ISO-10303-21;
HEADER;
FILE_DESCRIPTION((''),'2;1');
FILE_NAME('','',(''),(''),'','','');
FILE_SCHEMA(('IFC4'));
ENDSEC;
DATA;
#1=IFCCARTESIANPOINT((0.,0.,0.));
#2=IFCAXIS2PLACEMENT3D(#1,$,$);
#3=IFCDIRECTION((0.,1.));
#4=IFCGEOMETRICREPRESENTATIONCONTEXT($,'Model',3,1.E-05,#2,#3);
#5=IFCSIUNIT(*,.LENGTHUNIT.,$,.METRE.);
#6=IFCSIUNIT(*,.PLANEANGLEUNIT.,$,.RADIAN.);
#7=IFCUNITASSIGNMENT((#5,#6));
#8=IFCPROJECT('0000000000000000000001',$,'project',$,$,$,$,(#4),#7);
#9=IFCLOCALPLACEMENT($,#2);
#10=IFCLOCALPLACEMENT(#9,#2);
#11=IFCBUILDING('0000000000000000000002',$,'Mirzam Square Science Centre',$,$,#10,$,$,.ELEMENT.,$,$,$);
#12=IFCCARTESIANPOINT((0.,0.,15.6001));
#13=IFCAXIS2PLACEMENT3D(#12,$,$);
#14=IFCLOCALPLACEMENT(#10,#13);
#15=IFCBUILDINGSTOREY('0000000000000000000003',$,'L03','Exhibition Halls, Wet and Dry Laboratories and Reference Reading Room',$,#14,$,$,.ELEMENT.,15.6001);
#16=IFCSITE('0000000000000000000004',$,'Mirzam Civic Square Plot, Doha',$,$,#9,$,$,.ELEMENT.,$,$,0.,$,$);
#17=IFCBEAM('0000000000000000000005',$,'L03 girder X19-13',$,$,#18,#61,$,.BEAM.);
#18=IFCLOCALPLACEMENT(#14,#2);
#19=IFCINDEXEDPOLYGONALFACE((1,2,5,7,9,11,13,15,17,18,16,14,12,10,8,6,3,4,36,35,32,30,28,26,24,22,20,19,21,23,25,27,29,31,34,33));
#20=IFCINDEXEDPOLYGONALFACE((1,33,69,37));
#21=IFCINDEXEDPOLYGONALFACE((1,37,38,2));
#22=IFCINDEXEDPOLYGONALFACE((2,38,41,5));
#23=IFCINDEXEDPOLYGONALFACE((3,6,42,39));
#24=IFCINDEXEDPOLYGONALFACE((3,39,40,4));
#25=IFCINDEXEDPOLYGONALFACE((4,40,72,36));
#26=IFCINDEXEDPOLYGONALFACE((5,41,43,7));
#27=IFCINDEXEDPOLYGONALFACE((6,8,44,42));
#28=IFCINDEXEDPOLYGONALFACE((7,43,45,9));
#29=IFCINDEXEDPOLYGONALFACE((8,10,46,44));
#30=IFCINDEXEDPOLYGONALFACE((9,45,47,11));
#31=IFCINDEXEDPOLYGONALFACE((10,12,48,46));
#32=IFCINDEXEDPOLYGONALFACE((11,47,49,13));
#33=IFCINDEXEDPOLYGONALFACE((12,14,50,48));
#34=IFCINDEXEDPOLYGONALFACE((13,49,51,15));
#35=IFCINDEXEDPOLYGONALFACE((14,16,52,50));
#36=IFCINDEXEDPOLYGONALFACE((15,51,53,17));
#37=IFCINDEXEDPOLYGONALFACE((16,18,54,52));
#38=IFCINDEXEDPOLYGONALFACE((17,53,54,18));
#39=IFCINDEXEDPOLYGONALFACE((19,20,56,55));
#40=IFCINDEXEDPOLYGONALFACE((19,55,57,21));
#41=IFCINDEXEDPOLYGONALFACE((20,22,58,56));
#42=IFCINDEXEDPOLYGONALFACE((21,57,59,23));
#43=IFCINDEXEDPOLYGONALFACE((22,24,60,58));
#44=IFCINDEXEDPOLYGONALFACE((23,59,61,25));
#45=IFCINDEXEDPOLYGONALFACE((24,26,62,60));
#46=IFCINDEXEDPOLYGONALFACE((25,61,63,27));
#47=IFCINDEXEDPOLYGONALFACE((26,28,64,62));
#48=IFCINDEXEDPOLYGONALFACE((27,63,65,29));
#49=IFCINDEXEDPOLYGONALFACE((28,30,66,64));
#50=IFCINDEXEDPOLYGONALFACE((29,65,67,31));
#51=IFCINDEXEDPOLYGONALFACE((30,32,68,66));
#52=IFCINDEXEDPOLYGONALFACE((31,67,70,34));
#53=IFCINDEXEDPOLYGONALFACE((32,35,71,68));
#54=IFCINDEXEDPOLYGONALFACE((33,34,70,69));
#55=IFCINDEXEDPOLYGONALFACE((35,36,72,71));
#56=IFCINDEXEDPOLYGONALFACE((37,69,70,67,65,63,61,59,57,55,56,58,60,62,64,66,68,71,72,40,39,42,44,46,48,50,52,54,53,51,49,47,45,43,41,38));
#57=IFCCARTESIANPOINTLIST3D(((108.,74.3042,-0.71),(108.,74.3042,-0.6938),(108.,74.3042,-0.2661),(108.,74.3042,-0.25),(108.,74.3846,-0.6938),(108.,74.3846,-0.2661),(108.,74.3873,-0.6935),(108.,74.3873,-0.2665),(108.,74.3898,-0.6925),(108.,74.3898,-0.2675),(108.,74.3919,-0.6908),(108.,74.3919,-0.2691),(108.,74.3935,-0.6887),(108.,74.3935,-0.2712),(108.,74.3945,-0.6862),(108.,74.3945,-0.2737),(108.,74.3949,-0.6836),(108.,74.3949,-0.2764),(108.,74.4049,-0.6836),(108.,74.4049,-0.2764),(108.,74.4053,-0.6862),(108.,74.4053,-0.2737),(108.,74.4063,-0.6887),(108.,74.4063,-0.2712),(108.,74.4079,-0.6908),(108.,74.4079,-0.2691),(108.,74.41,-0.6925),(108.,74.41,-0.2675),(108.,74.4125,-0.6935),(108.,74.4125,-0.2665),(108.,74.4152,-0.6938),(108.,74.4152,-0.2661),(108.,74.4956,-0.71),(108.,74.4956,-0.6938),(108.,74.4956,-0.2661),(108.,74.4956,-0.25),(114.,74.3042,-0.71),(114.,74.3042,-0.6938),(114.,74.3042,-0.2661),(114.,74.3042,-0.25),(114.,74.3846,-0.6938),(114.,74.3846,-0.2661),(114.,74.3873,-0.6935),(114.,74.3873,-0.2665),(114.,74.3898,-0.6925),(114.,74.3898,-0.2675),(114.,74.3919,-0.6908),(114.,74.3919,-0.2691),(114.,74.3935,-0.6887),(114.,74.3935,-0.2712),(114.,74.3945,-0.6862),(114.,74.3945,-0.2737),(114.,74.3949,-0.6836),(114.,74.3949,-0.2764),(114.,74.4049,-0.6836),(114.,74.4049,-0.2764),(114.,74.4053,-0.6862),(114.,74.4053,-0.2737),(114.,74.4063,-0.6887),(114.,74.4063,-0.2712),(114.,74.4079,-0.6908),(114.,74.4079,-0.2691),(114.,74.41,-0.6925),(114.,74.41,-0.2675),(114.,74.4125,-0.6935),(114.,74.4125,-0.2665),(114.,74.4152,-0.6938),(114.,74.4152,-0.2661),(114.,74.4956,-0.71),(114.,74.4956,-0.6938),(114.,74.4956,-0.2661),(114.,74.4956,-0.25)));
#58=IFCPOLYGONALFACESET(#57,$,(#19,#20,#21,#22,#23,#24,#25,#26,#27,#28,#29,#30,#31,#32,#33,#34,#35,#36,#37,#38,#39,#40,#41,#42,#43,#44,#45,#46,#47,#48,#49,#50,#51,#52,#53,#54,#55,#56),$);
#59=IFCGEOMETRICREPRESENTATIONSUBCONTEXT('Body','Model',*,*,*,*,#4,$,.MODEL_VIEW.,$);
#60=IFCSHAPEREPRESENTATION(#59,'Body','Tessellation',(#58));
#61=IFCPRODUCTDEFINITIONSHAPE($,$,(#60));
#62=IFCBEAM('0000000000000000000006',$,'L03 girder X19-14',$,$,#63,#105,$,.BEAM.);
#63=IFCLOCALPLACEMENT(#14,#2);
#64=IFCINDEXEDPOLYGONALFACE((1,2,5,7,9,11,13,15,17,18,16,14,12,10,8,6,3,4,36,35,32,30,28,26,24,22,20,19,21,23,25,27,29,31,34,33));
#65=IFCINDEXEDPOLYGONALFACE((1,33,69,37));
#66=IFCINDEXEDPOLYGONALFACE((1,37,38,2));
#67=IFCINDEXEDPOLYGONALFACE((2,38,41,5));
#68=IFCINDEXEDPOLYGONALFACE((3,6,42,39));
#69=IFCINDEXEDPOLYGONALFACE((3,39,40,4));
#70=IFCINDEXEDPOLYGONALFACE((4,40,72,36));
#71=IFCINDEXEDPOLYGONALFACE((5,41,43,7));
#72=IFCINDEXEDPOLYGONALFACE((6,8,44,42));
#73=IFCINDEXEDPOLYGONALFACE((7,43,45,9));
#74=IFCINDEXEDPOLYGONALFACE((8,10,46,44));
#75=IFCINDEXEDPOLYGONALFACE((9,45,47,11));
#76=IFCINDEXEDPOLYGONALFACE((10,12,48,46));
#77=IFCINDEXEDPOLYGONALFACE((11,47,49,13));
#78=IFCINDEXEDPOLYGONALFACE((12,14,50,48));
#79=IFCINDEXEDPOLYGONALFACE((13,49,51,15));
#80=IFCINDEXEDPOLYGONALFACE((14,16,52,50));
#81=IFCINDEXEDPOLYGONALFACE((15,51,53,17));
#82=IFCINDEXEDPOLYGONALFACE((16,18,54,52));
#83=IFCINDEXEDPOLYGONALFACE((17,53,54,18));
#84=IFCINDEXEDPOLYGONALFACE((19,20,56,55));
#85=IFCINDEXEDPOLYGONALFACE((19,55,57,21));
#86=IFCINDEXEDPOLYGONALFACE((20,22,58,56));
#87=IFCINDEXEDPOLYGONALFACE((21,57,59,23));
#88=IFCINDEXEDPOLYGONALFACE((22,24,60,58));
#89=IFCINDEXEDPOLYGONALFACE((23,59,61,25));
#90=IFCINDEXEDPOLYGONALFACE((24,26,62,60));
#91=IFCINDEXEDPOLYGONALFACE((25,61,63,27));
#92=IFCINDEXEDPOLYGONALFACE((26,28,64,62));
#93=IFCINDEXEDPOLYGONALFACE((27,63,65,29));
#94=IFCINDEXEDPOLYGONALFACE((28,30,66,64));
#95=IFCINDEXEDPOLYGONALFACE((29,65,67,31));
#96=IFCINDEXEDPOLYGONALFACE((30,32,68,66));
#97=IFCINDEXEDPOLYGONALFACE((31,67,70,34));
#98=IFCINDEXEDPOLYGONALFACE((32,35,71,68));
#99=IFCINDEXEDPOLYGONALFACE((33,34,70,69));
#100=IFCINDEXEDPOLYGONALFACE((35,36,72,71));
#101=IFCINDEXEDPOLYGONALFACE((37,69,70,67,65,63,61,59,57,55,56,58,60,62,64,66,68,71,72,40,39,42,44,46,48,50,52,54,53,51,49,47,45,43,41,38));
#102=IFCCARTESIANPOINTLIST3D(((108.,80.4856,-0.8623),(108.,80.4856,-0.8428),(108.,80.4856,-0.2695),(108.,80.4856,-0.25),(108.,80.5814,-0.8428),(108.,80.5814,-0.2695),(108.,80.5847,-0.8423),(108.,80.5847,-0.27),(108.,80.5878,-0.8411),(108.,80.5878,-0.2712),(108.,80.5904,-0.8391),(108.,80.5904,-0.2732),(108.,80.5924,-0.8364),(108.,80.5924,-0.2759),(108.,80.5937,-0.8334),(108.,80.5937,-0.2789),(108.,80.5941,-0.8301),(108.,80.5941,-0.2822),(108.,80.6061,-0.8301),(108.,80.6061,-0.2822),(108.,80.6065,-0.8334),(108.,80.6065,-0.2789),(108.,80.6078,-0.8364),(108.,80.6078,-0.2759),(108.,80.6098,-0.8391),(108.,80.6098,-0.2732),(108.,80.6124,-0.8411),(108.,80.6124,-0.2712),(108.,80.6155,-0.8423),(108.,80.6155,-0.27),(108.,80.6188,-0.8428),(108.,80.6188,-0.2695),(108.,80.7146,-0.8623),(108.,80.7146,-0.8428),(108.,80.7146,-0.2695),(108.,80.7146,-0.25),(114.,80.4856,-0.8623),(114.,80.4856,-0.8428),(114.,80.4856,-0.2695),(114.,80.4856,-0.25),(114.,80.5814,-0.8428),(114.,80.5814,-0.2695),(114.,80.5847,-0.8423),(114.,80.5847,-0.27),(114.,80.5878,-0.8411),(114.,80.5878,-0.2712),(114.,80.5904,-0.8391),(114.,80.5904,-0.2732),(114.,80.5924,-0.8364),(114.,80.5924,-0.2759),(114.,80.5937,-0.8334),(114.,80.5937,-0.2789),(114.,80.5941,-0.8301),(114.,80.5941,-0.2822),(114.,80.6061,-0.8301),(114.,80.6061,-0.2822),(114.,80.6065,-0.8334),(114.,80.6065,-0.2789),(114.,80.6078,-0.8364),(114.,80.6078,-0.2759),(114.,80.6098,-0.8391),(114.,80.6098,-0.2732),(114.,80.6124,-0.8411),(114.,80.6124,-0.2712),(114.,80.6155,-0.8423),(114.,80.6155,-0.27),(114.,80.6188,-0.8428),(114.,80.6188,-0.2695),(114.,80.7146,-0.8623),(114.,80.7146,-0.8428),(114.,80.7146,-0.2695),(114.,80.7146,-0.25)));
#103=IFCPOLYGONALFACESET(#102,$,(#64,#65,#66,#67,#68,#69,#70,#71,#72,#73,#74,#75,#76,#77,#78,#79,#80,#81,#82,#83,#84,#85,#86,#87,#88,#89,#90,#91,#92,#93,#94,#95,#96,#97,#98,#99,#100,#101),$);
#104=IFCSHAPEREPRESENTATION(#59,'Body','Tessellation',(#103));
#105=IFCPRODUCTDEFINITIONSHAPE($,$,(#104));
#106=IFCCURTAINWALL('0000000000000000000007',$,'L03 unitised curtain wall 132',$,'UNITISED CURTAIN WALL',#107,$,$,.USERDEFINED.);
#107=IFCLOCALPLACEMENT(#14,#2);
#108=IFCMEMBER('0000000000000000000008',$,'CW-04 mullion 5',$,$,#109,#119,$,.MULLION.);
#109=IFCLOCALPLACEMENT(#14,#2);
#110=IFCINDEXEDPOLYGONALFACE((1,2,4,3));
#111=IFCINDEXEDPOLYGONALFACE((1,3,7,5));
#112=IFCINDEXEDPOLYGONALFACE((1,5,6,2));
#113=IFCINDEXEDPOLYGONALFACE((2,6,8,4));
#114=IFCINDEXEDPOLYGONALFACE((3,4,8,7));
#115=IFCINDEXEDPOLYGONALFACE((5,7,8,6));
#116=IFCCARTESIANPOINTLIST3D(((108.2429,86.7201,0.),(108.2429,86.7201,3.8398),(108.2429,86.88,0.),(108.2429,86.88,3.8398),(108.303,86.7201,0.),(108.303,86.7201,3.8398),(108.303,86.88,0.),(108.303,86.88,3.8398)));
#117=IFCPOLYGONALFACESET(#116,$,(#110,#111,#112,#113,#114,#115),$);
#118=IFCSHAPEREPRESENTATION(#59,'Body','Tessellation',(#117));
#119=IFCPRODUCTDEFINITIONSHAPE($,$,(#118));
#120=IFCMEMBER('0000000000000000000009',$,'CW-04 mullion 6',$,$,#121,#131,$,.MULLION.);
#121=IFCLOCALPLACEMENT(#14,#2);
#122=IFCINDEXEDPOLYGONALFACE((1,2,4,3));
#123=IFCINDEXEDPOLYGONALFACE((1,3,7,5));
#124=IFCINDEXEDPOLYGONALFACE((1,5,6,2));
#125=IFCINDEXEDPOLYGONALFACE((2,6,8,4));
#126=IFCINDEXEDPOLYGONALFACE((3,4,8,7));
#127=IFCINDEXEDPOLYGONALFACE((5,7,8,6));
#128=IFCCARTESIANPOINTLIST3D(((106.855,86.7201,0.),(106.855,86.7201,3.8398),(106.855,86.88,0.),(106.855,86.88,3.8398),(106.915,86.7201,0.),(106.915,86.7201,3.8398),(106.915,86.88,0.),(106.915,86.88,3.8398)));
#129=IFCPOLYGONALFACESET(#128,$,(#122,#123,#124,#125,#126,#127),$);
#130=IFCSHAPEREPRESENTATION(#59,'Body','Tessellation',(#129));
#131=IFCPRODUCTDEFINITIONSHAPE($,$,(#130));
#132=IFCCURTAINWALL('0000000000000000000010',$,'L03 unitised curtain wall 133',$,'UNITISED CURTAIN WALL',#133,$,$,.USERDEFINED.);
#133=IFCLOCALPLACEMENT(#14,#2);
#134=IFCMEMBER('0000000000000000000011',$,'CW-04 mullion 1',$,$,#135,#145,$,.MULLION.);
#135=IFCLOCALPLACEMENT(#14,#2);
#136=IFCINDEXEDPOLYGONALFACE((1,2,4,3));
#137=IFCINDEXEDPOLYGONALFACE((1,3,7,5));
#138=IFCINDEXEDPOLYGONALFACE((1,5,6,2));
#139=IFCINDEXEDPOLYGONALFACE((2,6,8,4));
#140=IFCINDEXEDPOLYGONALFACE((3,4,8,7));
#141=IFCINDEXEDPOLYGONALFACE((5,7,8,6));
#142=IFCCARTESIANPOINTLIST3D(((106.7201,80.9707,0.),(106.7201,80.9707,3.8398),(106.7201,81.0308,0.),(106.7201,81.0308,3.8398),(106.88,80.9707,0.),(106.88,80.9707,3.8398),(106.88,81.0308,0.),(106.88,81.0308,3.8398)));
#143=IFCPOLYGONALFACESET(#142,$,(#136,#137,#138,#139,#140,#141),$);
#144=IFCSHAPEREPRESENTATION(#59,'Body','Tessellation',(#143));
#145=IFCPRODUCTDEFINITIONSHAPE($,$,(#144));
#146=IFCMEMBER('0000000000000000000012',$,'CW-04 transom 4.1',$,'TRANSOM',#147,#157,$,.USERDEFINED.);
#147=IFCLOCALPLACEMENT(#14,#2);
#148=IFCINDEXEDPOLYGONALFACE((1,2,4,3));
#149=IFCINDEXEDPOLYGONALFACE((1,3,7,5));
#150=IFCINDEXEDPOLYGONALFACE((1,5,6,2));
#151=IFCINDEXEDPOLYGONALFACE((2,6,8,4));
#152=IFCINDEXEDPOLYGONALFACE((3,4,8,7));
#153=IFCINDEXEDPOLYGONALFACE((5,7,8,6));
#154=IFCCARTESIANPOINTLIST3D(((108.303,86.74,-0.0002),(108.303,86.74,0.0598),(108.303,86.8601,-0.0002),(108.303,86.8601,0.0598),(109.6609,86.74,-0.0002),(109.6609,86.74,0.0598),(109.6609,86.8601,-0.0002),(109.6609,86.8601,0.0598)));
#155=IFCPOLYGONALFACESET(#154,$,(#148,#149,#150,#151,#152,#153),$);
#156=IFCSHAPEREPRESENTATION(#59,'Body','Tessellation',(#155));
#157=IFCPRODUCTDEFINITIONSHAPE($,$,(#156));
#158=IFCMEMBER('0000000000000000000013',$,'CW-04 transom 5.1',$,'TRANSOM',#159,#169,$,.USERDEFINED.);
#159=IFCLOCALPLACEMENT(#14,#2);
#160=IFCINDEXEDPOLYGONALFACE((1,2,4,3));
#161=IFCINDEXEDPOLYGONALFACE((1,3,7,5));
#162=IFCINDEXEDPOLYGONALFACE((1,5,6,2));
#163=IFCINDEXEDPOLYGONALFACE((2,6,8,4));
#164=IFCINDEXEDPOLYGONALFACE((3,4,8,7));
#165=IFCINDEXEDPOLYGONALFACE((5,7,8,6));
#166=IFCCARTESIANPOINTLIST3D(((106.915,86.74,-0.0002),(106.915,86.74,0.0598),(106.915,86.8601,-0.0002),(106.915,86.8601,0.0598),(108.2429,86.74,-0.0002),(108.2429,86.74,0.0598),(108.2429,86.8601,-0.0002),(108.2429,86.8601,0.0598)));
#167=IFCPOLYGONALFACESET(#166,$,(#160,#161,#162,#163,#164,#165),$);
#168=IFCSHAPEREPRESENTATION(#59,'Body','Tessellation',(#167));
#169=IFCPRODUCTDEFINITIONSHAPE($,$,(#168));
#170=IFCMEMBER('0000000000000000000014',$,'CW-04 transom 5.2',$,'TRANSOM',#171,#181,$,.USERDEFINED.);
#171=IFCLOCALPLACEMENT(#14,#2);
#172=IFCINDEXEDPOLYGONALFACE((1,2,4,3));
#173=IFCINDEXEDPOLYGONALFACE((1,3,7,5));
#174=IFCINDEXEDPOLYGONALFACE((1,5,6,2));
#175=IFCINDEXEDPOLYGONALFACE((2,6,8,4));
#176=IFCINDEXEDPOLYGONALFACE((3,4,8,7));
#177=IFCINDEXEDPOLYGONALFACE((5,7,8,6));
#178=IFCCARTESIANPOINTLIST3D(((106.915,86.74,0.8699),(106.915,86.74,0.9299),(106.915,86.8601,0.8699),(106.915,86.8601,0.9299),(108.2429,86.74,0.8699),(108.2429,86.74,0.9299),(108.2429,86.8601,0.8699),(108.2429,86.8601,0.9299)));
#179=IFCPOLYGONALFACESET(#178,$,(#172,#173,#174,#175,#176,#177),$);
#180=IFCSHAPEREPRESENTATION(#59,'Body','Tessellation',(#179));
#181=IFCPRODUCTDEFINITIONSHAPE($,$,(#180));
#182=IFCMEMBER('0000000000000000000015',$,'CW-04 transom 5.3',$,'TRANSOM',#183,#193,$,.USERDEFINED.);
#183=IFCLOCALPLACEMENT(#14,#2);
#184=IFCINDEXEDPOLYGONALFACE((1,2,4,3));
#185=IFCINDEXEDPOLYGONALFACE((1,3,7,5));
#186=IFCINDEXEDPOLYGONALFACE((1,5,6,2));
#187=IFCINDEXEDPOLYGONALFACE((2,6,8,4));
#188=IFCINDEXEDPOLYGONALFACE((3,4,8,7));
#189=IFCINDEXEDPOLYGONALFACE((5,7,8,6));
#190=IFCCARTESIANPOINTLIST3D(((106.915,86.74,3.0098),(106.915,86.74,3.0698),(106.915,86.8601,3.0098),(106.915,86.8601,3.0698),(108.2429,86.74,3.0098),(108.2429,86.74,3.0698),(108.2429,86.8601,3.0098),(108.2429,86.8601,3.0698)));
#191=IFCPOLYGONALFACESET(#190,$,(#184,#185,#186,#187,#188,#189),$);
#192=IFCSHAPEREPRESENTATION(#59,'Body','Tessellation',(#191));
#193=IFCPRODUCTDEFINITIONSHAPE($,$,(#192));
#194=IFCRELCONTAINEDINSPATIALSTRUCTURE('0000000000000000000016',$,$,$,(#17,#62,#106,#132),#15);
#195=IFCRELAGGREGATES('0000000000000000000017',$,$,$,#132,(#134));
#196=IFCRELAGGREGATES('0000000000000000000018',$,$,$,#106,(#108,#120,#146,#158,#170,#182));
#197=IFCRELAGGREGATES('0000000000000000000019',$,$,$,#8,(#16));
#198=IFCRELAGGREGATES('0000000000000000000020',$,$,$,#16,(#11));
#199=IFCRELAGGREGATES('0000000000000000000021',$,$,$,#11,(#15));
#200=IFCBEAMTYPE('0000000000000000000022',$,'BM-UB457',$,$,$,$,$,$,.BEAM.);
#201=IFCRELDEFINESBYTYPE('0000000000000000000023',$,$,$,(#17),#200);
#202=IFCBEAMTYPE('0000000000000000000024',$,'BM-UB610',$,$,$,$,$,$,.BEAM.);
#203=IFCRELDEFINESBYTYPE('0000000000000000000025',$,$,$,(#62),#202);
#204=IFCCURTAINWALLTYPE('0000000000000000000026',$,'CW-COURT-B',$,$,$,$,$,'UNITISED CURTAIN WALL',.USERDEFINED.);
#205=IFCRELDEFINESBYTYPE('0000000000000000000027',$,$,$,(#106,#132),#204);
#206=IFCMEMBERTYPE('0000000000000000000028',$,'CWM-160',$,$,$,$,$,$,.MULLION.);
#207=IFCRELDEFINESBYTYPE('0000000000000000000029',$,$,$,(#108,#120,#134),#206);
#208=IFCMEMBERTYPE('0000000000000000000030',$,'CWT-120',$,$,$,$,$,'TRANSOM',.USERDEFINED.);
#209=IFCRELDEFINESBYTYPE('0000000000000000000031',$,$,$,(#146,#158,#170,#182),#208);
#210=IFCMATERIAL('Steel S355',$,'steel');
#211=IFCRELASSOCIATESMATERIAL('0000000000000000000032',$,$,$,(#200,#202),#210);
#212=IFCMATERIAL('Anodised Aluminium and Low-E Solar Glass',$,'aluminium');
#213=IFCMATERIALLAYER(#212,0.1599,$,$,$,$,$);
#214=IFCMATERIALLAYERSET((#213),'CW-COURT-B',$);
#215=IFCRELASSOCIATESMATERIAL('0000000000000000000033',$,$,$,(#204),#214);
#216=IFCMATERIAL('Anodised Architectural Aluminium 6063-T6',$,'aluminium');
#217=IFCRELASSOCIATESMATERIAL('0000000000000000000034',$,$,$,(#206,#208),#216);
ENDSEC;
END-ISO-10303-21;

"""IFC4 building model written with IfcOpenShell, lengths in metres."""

from ifc_helpers import new_model, si_unit, direction, frame, origin, origin_2d, place, context, subcontext, project, spatial, rectangle, i_section, extrude, material, layer, layer_set, material_profile, profile_set, type_object, element, aggregate, save


model = new_model("IFC4")

# Units and contexts
model_context = context("Model", 3, precision=1e-05, world=origin(), true_north=direction((0.0, 1.0)))
body_context = subcontext(model_context, "Body", "Model", "MODEL_VIEW")
ifc_project = project(units=[si_unit("LENGTHUNIT", "METRE"), si_unit("PLANEANGLEUNIT", "RADIAN")], contexts=[model_context])

# Site, building, storey
site_placement = place(None, origin())
site = spatial("IfcSite", under=ifc_project, at=site_placement, Name="Mirzam Civic Square Plot, Doha", CompositionType="ELEMENT", RefElevation=0.0)
building_placement = place(site_placement, origin())
building = spatial("IfcBuilding", under=site, at=building_placement, Name="Mirzam Square Science Centre", CompositionType="ELEMENT")
storey_placement = place(building_placement, frame((0.0, 0.0, 15.6001)))
storey = spatial("IfcBuildingStorey", under=building, at=storey_placement, Name="L03", Description="Exhibition Halls, Wet and Dry Laboratories and Reference Reading Room", CompositionType="ELEMENT", Elevation=15.6001)

# Shared definitions
ifc_material_1 = material(Name="Steel S355", Category="steel")

# Beams
ifc_material_profile_1 = material_profile(ifc_material_1, i_section(OverallWidth=0.1914, OverallDepth=0.46, WebThickness=0.01, FlangeThickness=0.0161, FilletRadius=0.0103, at=origin_2d()), Name="457x191x82UB")
ifc_profile_set_1 = profile_set([ifc_material_profile_1], Name="Steel S355")
beam_type_1 = type_object("IfcBeamType", Name="BM-UB457", PredefinedType="BEAM", material=ifc_profile_set_1)
beam_1_placement = place(storey_placement, frame((108.0, 74.3999, -0.48), z_axis=(1.0, 0.0, 0.0), x_axis=(0.0, 1.0, 0.0)))
element("IfcBeam", 1, at=beam_1_placement, inside=storey, type_object=beam_type_1, Name="L03 girder X19-13", PredefinedType="BEAM", context=body_context, shape_type="SweptSolid", body=[
    extrude(i_section(OverallWidth=0.1914, OverallDepth=0.46, WebThickness=0.01, FlangeThickness=0.0161, FilletRadius=0.0103, at=origin_2d()), origin(), (0.0, 0.0, 1.0), 6.0),
])
ifc_material_profile_2 = material_profile(ifc_material_1, i_section(OverallWidth=0.229, OverallDepth=0.6123, WebThickness=0.012, FlangeThickness=0.0195, FilletRadius=0.0127, at=origin_2d()), Name="610x229x125UB")
ifc_profile_set_2 = profile_set([ifc_material_profile_2], Name="Steel S355")
beam_type_2 = type_object("IfcBeamType", Name="BM-UB610", PredefinedType="BEAM", material=ifc_profile_set_2)
beam_2_placement = place(storey_placement, frame((108.0, 80.6001, -0.5562), z_axis=(1.0, 0.0, 0.0), x_axis=(0.0, 1.0, 0.0)))
element("IfcBeam", 2, at=beam_2_placement, inside=storey, type_object=beam_type_2, Name="L03 girder X19-14", PredefinedType="BEAM", context=body_context, shape_type="SweptSolid", body=[
    extrude(i_section(OverallWidth=0.229, OverallDepth=0.6123, WebThickness=0.012, FlangeThickness=0.0195, FilletRadius=0.0127, at=origin_2d()), origin(), (0.0, 0.0, 1.0), 6.0),
])

# Curtain wall, members
ifc_material_2 = material(Name="Anodised Aluminium and Low-E Solar Glass", Category="aluminium")
ifc_layer_1 = layer(ifc_material_2, 0.1599)
ifc_layer_set_1 = layer_set([ifc_layer_1], Name="CW-COURT-B")
curtain_wall_type = type_object("IfcCurtainWallType", Name="CW-COURT-B", ElementType="UNITISED CURTAIN WALL", PredefinedType="USERDEFINED", material=ifc_layer_set_1)
curtain_wall_1_placement = place(storey_placement, origin())
curtain_wall_1 = element("IfcCurtainWall", 3, at=curtain_wall_1_placement, inside=storey, type_object=curtain_wall_type, Name="L03 unitised curtain wall 132", ObjectType="UNITISED CURTAIN WALL", PredefinedType="USERDEFINED")
ifc_material_3 = material(Name="Anodised Architectural Aluminium 6063-T6", Category="aluminium")
ifc_material_profile_3 = material_profile(ifc_material_3, rectangle(XDim=0.0601, YDim=0.1599, at=origin_2d()), Name="ALU-MULL-160x60x4")
ifc_profile_set_3 = profile_set([ifc_material_profile_3], Name="Anodised Architectural Aluminium 6063-T6")
member_type_1 = type_object("IfcMemberType", Name="CWM-160", PredefinedType="MULLION", material=ifc_profile_set_3)
member_1_placement = place(storey_placement, frame((108.2729, 86.8, 0.0), z_axis=(0.0, 0.0, 1.0), x_axis=(-1.0, 0.0, 0.0)))
member_1 = element("IfcMember", 4, at=member_1_placement, type_object=member_type_1, Name="CW-04 mullion 5", PredefinedType="MULLION", context=body_context, shape_type="SweptSolid", body=[
    extrude(rectangle(XDim=0.0601, YDim=0.1599, at=origin_2d()), origin(), (0.0, 0.0, 1.0), 3.8398),
])
member_2_placement = place(storey_placement, frame((106.885, 86.8, 0.0), z_axis=(0.0, 0.0, 1.0), x_axis=(-1.0, 0.0, 0.0)))
member_2 = element("IfcMember", 5, at=member_2_placement, type_object=member_type_1, Name="CW-04 mullion 6", PredefinedType="MULLION", context=body_context, shape_type="SweptSolid", body=[
    extrude(rectangle(XDim=0.0601, YDim=0.1599, at=origin_2d()), origin(), (0.0, 0.0, 1.0), 3.8398),
])

# Curtain wall, member
curtain_wall_2_placement = place(storey_placement, origin())
curtain_wall_2 = element("IfcCurtainWall", 6, at=curtain_wall_2_placement, inside=storey, type_object=curtain_wall_type, Name="L03 unitised curtain wall 133", ObjectType="UNITISED CURTAIN WALL", PredefinedType="USERDEFINED")
member_3_placement = place(storey_placement, frame((106.8, 81.0007, 0.0), z_axis=(0.0, 0.0, 1.0), x_axis=(0.0, -1.0, 0.0)))
member_3 = element("IfcMember", 7, at=member_3_placement, type_object=member_type_1, Name="CW-04 mullion 1", PredefinedType="MULLION", context=body_context, shape_type="SweptSolid", body=[
    extrude(rectangle(XDim=0.0601, YDim=0.1599, at=origin_2d()), origin(), (0.0, 0.0, 1.0), 3.8398),
])

# Members
ifc_material_profile_4 = material_profile(ifc_material_3, rectangle(XDim=0.1201, YDim=0.0601, at=origin_2d()), Name="ALU-TRAN-120x60x4")
ifc_profile_set_4 = profile_set([ifc_material_profile_4], Name="Anodised Architectural Aluminium 6063-T6")
member_type_2 = type_object("IfcMemberType", Name="CWT-120", ElementType="TRANSOM", PredefinedType="USERDEFINED", material=ifc_profile_set_4)
member_4_placement = place(storey_placement, frame((109.6609, 86.8, 0.0298), z_axis=(-1.0, 0.0, 0.0), x_axis=(0.0, -1.0, 0.0)))
member_4 = element("IfcMember", 8, at=member_4_placement, type_object=member_type_2, Name="CW-04 transom 4.1", ObjectType="TRANSOM", PredefinedType="USERDEFINED", context=body_context, shape_type="SweptSolid", body=[
    extrude(rectangle(XDim=0.1201, YDim=0.0601, at=origin_2d()), origin(), (0.0, 0.0, 1.0), 1.3579),
])
member_5_placement = place(storey_placement, frame((108.2429, 86.8, 0.0298), z_axis=(-1.0, 0.0, 0.0), x_axis=(0.0, -1.0, 0.0)))
member_5 = element("IfcMember", 9, at=member_5_placement, type_object=member_type_2, Name="CW-04 transom 5.1", ObjectType="TRANSOM", PredefinedType="USERDEFINED", context=body_context, shape_type="SweptSolid", body=[
    extrude(rectangle(XDim=0.1201, YDim=0.0601, at=origin_2d()), origin(), (0.0, 0.0, 1.0), 1.3279),
])
member_6_placement = place(storey_placement, frame((108.2429, 86.8, 0.8999), z_axis=(-1.0, 0.0, 0.0), x_axis=(0.0, -1.0, 0.0)))
member_6 = element("IfcMember", 10, at=member_6_placement, type_object=member_type_2, Name="CW-04 transom 5.2", ObjectType="TRANSOM", PredefinedType="USERDEFINED", context=body_context, shape_type="SweptSolid", body=[
    extrude(rectangle(XDim=0.1201, YDim=0.0601, at=origin_2d()), origin(), (0.0, 0.0, 1.0), 1.3279),
])
member_7_placement = place(storey_placement, frame((108.2429, 86.8, 3.0398), z_axis=(-1.0, 0.0, 0.0), x_axis=(0.0, -1.0, 0.0)))
member_7 = element("IfcMember", 11, at=member_7_placement, type_object=member_type_2, Name="CW-04 transom 5.3", ObjectType="TRANSOM", PredefinedType="USERDEFINED", context=body_context, shape_type="SweptSolid", body=[
    extrude(rectangle(XDim=0.1201, YDim=0.0601, at=origin_2d()), origin(), (0.0, 0.0, 1.0), 1.3279),
])
aggregate(curtain_wall_2, [member_3])

aggregate(curtain_wall_1, [member_1, member_2, member_4, member_5, member_6, member_7])

save(model, "model.ifc")
